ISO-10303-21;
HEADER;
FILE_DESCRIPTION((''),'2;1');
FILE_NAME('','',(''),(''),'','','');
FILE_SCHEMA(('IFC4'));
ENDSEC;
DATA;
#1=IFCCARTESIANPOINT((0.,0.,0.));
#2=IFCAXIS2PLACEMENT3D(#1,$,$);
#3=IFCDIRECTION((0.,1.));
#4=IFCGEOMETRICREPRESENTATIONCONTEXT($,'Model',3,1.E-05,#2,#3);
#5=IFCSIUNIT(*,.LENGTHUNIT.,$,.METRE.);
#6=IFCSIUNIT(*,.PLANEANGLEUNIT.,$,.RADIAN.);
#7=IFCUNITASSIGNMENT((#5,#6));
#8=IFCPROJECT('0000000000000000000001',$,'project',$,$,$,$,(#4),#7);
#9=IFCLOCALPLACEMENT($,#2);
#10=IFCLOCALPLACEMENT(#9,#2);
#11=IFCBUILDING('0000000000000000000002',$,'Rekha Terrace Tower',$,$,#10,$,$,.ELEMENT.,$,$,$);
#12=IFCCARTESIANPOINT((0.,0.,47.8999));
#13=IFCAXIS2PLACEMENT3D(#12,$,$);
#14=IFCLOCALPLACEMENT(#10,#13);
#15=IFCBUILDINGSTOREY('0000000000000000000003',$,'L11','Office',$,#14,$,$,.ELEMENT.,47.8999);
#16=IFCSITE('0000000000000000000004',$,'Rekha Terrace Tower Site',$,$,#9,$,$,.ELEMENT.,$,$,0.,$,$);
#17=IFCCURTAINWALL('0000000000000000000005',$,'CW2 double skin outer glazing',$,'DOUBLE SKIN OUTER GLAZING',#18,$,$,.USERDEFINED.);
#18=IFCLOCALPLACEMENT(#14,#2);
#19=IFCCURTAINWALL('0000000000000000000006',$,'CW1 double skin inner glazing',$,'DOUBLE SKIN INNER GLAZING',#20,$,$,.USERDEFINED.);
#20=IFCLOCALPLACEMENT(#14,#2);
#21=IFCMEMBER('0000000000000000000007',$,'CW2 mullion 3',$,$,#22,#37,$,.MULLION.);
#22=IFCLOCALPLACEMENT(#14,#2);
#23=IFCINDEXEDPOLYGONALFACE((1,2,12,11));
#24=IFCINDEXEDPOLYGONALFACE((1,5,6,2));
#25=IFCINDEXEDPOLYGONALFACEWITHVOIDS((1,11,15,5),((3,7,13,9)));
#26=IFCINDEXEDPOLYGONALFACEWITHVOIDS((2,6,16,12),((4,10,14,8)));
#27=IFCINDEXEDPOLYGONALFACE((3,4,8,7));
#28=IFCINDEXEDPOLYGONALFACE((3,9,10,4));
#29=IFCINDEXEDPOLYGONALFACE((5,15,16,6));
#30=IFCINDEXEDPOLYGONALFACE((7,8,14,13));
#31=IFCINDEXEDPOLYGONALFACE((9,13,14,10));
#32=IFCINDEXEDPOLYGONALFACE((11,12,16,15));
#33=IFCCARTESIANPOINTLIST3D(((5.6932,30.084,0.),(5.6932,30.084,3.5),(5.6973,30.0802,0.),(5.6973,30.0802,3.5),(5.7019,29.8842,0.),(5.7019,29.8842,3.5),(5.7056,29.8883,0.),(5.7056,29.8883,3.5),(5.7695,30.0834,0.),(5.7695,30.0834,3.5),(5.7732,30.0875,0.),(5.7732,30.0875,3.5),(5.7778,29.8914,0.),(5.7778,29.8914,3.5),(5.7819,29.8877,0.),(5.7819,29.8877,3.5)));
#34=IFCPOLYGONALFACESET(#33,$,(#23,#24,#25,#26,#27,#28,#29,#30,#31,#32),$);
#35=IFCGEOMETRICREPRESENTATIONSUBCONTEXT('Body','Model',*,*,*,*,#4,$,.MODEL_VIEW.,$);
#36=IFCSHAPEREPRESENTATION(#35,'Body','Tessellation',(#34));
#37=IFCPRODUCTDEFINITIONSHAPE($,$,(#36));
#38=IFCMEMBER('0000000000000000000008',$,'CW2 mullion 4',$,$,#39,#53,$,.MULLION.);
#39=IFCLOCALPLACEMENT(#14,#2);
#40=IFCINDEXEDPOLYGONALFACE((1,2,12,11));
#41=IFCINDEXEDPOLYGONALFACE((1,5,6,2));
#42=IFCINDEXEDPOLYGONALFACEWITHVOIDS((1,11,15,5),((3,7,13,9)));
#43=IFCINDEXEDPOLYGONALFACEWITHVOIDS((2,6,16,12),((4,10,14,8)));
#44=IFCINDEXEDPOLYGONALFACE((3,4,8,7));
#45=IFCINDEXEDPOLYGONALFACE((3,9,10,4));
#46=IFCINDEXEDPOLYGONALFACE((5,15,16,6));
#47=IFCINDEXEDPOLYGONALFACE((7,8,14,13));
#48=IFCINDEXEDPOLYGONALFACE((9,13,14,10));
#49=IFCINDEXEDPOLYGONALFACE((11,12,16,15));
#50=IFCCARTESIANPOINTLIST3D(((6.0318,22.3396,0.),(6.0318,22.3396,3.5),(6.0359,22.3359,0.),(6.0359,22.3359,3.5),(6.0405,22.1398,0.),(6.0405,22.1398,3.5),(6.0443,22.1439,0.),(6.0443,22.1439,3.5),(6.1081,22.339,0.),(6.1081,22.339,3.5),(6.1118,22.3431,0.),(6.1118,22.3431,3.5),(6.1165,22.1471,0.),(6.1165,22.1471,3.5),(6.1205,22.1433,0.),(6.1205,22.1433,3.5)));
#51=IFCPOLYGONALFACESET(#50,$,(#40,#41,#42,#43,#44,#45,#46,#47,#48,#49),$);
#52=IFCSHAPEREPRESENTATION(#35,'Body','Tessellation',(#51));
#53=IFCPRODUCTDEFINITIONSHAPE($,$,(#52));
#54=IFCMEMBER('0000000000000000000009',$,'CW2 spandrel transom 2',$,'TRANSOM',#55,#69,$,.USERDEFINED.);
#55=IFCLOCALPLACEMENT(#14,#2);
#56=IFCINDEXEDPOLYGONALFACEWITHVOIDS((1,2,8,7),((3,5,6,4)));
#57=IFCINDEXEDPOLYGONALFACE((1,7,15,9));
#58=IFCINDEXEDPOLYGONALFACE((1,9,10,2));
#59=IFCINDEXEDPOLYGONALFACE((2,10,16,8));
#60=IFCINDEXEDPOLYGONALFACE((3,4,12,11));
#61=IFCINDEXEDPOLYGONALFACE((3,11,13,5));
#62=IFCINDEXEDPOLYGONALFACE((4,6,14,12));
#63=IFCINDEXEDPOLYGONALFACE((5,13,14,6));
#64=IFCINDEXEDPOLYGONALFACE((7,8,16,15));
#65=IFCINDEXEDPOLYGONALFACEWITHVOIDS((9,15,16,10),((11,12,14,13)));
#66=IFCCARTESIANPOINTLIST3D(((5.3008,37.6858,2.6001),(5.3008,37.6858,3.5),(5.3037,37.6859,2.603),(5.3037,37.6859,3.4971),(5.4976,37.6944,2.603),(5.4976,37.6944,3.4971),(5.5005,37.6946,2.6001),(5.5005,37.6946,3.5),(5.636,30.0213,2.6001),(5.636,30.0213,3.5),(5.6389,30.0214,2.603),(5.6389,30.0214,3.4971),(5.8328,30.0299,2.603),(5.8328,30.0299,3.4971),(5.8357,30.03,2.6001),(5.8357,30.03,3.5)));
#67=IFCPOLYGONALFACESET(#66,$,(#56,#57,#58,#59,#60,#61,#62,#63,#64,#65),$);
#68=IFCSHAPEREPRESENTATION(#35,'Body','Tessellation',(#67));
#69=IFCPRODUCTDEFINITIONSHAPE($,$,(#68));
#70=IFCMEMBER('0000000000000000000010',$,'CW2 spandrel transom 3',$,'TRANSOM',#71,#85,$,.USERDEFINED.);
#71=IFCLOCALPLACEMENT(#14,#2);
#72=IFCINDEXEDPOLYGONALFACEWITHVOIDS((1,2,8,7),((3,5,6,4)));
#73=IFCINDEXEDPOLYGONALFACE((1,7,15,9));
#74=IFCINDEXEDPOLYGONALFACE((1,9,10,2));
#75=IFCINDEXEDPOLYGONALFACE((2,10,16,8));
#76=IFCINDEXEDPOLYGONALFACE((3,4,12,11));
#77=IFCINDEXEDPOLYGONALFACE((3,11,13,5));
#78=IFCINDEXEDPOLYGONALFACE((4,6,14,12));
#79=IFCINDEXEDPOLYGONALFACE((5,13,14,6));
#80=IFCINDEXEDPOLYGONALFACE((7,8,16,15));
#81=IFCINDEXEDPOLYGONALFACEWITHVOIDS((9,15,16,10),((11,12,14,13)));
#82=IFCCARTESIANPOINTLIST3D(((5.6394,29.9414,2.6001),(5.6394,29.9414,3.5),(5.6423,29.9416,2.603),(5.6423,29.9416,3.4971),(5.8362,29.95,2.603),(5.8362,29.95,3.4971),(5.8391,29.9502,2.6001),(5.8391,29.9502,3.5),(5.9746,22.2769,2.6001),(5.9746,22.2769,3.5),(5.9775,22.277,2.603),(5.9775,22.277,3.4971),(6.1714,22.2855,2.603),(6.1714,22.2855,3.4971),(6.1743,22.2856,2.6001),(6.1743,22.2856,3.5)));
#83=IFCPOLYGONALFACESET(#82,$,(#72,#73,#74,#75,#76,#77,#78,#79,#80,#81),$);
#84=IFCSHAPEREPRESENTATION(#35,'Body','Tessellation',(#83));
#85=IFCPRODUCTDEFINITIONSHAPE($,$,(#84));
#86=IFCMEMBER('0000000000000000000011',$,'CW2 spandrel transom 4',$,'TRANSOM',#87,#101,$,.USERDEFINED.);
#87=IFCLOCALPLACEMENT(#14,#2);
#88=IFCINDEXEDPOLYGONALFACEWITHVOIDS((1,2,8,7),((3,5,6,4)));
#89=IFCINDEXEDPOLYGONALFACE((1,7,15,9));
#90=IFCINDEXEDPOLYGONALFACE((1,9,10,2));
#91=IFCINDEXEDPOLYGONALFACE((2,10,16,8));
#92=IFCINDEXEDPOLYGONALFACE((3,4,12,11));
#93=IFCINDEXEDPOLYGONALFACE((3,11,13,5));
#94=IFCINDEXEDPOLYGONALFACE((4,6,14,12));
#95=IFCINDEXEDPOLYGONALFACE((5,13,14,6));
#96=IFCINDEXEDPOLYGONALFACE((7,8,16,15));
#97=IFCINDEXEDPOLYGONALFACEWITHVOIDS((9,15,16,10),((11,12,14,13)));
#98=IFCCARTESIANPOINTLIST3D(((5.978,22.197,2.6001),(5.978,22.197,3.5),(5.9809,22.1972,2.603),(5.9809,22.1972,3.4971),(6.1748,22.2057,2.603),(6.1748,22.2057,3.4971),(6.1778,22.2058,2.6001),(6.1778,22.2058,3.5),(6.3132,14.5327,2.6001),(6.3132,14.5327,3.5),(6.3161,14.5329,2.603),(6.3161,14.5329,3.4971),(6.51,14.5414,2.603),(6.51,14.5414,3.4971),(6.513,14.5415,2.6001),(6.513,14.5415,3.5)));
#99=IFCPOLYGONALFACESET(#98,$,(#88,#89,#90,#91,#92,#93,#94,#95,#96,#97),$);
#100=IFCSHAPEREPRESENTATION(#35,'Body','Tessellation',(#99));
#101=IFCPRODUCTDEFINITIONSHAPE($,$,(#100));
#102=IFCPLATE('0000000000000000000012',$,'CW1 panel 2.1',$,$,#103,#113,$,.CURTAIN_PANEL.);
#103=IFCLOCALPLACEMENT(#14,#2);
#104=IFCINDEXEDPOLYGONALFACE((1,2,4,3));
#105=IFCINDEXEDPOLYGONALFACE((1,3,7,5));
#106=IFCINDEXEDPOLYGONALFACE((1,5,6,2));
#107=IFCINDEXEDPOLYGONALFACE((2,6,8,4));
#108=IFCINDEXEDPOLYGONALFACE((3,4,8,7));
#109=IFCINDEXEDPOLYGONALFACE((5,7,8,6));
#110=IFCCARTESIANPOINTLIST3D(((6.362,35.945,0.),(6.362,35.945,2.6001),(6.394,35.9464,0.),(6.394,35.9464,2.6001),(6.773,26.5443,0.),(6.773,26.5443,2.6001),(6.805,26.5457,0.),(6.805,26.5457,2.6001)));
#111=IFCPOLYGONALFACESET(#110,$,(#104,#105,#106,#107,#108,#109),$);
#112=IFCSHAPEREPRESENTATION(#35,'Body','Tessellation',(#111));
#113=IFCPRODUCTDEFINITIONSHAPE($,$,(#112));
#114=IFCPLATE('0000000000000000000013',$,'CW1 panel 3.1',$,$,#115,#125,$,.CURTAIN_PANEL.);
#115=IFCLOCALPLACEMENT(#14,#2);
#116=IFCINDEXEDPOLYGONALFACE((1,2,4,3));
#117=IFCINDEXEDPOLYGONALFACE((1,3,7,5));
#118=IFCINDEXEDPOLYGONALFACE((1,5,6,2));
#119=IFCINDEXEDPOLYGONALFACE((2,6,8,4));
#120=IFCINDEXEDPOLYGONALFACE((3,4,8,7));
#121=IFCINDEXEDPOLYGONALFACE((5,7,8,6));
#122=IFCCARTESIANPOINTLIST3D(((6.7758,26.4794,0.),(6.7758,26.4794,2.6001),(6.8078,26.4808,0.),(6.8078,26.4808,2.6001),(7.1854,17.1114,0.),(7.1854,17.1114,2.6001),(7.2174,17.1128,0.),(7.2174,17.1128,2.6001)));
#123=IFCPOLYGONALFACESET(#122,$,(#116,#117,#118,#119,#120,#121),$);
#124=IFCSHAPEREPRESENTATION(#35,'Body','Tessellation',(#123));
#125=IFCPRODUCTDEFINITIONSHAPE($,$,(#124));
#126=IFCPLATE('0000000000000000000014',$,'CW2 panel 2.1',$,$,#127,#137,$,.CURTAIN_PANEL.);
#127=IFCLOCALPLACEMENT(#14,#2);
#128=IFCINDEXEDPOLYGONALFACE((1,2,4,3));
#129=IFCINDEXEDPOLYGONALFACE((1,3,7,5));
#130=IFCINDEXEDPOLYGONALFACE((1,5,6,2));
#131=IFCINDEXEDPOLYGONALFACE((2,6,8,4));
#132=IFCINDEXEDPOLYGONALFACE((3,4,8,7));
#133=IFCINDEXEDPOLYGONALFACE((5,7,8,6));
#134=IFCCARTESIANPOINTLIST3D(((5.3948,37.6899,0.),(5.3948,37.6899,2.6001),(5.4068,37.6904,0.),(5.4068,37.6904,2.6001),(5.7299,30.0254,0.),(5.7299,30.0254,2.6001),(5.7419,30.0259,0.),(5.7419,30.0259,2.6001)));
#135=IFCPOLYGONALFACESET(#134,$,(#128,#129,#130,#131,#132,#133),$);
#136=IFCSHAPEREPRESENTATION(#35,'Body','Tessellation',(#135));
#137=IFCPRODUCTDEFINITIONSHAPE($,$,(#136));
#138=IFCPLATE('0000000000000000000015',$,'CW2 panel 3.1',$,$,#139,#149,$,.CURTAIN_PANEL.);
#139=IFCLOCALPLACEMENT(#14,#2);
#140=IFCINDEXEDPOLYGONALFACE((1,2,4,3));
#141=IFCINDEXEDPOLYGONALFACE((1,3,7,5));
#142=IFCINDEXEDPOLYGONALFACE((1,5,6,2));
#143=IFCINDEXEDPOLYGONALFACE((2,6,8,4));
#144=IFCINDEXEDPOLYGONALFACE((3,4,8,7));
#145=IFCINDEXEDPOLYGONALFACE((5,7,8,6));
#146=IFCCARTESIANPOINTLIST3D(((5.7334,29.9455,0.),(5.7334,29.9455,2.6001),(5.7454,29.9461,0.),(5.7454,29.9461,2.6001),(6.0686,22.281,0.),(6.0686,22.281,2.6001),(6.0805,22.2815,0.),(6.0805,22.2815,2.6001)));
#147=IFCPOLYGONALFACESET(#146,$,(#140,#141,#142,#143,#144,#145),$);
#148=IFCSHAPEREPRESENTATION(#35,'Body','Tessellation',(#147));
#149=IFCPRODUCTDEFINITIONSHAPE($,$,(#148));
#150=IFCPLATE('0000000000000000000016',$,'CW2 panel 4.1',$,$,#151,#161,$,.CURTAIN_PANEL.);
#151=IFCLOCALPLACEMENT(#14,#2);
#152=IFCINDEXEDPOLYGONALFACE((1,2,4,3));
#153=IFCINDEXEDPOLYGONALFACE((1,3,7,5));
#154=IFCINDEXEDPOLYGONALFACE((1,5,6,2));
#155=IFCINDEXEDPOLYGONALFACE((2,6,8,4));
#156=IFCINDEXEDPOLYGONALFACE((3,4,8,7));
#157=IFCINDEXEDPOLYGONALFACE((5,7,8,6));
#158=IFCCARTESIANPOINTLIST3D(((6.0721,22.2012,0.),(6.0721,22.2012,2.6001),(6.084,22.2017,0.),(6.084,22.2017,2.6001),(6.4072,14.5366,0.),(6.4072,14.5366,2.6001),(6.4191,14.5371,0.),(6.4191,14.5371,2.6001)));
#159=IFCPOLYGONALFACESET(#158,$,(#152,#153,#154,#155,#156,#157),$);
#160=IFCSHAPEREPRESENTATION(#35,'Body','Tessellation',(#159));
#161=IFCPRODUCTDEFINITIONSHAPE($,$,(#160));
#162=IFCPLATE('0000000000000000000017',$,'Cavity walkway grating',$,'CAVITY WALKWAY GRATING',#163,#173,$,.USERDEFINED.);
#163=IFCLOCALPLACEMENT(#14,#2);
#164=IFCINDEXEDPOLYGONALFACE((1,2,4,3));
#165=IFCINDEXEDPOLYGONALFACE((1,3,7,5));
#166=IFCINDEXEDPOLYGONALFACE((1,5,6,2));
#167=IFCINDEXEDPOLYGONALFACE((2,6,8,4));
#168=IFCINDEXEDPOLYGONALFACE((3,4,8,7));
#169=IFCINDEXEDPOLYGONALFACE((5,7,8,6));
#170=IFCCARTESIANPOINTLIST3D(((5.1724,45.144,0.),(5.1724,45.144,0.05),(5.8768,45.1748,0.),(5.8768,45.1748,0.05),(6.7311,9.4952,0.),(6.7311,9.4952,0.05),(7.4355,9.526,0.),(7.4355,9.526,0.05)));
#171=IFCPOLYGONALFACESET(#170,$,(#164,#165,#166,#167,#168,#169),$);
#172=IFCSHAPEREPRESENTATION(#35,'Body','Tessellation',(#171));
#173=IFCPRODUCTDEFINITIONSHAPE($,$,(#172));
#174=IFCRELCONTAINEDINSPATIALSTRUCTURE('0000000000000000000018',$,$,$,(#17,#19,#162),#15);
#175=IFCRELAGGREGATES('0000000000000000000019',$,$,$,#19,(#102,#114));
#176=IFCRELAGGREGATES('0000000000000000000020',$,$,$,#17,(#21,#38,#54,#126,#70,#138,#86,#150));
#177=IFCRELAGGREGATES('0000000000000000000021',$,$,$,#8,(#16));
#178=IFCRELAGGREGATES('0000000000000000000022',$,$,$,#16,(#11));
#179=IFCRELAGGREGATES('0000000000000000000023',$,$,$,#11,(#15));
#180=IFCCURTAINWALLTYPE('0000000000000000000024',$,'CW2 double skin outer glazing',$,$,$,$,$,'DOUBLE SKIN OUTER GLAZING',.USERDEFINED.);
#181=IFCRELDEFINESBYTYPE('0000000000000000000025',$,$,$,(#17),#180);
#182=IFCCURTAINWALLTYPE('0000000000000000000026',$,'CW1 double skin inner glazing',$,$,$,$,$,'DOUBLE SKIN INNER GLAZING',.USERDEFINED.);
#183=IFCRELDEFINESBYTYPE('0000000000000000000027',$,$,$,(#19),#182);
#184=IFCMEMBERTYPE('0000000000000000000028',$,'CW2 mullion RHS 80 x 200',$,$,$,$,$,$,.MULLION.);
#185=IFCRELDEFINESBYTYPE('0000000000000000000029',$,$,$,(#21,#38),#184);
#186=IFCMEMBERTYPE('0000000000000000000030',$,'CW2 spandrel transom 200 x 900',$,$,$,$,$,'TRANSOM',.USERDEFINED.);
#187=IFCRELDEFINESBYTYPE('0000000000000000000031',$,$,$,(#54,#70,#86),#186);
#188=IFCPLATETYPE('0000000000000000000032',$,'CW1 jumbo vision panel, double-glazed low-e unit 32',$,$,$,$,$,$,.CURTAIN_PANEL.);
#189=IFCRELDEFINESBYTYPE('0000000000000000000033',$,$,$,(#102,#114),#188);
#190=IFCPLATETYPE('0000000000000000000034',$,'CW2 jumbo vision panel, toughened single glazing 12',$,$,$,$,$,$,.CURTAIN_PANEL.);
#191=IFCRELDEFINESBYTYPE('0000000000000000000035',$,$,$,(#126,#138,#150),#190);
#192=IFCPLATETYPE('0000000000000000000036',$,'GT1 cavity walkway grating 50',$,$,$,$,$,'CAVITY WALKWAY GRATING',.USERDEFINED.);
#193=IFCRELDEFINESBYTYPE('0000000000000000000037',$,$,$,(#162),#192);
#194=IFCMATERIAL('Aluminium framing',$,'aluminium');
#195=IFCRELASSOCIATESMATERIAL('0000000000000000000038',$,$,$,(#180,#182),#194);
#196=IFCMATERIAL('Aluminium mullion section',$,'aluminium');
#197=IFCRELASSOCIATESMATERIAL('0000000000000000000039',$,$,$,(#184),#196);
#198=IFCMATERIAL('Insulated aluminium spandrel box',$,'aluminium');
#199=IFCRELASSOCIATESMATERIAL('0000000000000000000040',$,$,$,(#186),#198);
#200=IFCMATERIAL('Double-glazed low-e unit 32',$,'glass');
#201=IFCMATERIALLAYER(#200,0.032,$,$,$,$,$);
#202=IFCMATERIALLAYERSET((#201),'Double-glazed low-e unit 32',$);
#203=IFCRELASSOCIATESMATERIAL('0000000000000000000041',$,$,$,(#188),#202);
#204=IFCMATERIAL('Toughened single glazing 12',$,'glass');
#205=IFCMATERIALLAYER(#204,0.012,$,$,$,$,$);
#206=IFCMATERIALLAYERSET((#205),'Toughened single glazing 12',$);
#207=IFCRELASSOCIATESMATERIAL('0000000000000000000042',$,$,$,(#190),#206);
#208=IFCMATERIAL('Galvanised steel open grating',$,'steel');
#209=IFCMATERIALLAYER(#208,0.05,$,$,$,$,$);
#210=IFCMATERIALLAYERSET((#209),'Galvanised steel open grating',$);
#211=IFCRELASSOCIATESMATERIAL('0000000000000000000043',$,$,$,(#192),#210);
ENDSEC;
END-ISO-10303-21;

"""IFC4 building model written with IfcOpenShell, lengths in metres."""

from ifc_helpers import new_model, si_unit, direction, frame, origin, origin_2d, place, context, subcontext, project, spatial, rectangle, hollow_rectangle, extrude, material, layer, layer_set, material_profile, profile_set, type_object, element, aggregate, save


model = new_model("IFC4")

# Units and contexts
model_context = context("Model", 3, precision=1e-05, world=origin(), true_north=direction((0.0, 1.0)))
body_context = subcontext(model_context, "Body", "Model", "MODEL_VIEW")
ifc_project = project(units=[si_unit("LENGTHUNIT", "METRE"), si_unit("PLANEANGLEUNIT", "RADIAN")], contexts=[model_context])

# Site, building, storey
site_placement = place(None, origin())
site = spatial("IfcSite", under=ifc_project, at=site_placement, Name="Rekha Terrace Tower Site", CompositionType="ELEMENT", RefElevation=0.0)
building_placement = place(site_placement, origin())
building = spatial("IfcBuilding", under=site, at=building_placement, Name="Rekha Terrace Tower", CompositionType="ELEMENT")
storey_placement = place(building_placement, frame((0.0, 0.0, 47.8999)))
storey = spatial("IfcBuildingStorey", under=building, at=storey_placement, Name="L11", Description="Office", CompositionType="ELEMENT", Elevation=47.8999)

# Curtain walls
ifc_material_1 = material(Name="Aluminium framing", Category="aluminium")
curtain_wall_type_1 = type_object("IfcCurtainWallType", Name="CW2 double skin outer glazing", ElementType="DOUBLE SKIN OUTER GLAZING", PredefinedType="USERDEFINED", material=ifc_material_1)
curtain_wall_1_placement = place(storey_placement, origin())
curtain_wall_1 = element("IfcCurtainWall", 1, at=curtain_wall_1_placement, inside=storey, type_object=curtain_wall_type_1, Name="CW2 double skin outer glazing", ObjectType="DOUBLE SKIN OUTER GLAZING", PredefinedType="USERDEFINED")
curtain_wall_type_2 = type_object("IfcCurtainWallType", Name="CW1 double skin inner glazing", ElementType="DOUBLE SKIN INNER GLAZING", PredefinedType="USERDEFINED", material=ifc_material_1)
curtain_wall_2_placement = place(storey_placement, origin())
curtain_wall_2 = element("IfcCurtainWall", 2, at=curtain_wall_2_placement, inside=storey, type_object=curtain_wall_type_2, Name="CW1 double skin inner glazing", ObjectType="DOUBLE SKIN INNER GLAZING", PredefinedType="USERDEFINED")
ifc_material_2 = material(Name="Aluminium mullion section", Category="aluminium")
ifc_material_3 = material(Name="Insulated aluminium spandrel box", Category="aluminium")

# Members
ifc_material_profile_1 = material_profile(ifc_material_2, hollow_rectangle(XDim=0.0801, YDim=0.2, WallThickness=0.0039, at=origin_2d()), Name="AL RHS 80x200")
ifc_profile_set_1 = profile_set([ifc_material_profile_1], Name="Aluminium mullion section")
member_type_1 = type_object("IfcMemberType", Name="CW2 mullion RHS 80 x 200", PredefinedType="MULLION", material=ifc_profile_set_1)
member_1_placement = place(storey_placement, frame((5.7375, 29.9858, 0.0), z_axis=(0.0, 0.0, 1.0), x_axis=(0.999045, 0.043683, 0.0)))
member_1 = element("IfcMember", 3, at=member_1_placement, type_object=member_type_1, Name="CW2 mullion 3", PredefinedType="MULLION", context=body_context, shape_type="SweptSolid", body=[
    extrude(hollow_rectangle(XDim=0.0801, YDim=0.2, WallThickness=0.0039, at=origin_2d()), origin(), (0.0, 0.0, 1.0), 3.5),
])
member_2_placement = place(storey_placement, frame((6.0762, 22.2415, 0.0), z_axis=(0.0, 0.0, 1.0), x_axis=(0.999045, 0.043683, 0.0)))
member_2 = element("IfcMember", 4, at=member_2_placement, type_object=member_type_1, Name="CW2 mullion 4", PredefinedType="MULLION", context=body_context, shape_type="SweptSolid", body=[
    extrude(hollow_rectangle(XDim=0.0801, YDim=0.2, WallThickness=0.0039, at=origin_2d()), origin(), (0.0, 0.0, 1.0), 3.5),
])
ifc_material_profile_2 = material_profile(ifc_material_3, hollow_rectangle(XDim=0.2, YDim=0.8999, WallThickness=0.0029, at=origin_2d()), Name="AL SPANDREL BOX 200x900")
ifc_profile_set_2 = profile_set([ifc_material_profile_2], Name="Insulated aluminium spandrel box")
member_type_2 = type_object("IfcMemberType", Name="CW2 spandrel transom 200 x 900", ElementType="TRANSOM", PredefinedType="USERDEFINED", material=ifc_profile_set_2)
member_3_placement = place(storey_placement, frame((5.4006, 37.6902, 3.05), z_axis=(0.043693, -0.999045, 0.0), x_axis=(0.999045, 0.043693, 0.0)))
member_3 = element("IfcMember", 5, at=member_3_placement, type_object=member_type_2, Name="CW2 spandrel transom 2", ObjectType="TRANSOM", PredefinedType="USERDEFINED", context=body_context, shape_type="SweptSolid", body=[
    extrude(hollow_rectangle(XDim=0.2, YDim=0.8999, WallThickness=0.0029, at=origin_2d()), origin(), (0.0, 0.0, 1.0), 7.6719),
])
member_4_placement = place(storey_placement, frame((5.7393, 29.9458, 3.05), z_axis=(0.043693, -0.999045, 0.0), x_axis=(0.999045, 0.043693, 0.0)))
member_4 = element("IfcMember", 6, at=member_4_placement, type_object=member_type_2, Name="CW2 spandrel transom 3", ObjectType="TRANSOM", PredefinedType="USERDEFINED", context=body_context, shape_type="SweptSolid", body=[
    extrude(hollow_rectangle(XDim=0.2, YDim=0.8999, WallThickness=0.0029, at=origin_2d()), origin(), (0.0, 0.0, 1.0), 7.6719),
])
member_5_placement = place(storey_placement, frame((6.0779, 22.2014, 3.05), z_axis=(0.043694, -0.999045, 0.0), x_axis=(0.999045, 0.043694, 0.0)))
member_5 = element("IfcMember", 7, at=member_5_placement, type_object=member_type_2, Name="CW2 spandrel transom 4", ObjectType="TRANSOM", PredefinedType="USERDEFINED", context=body_context, shape_type="SweptSolid", body=[
    extrude(hollow_rectangle(XDim=0.2, YDim=0.8999, WallThickness=0.0029, at=origin_2d()), origin(), (0.0, 0.0, 1.0), 7.6716),
])

# Plates
ifc_material_4 = material(Name="Double-glazed low-e unit 32", Category="glass")
ifc_layer_1 = layer(ifc_material_4, 0.032)
ifc_layer_set_1 = layer_set([ifc_layer_1], Name="Double-glazed low-e unit 32")
plate_type_1 = type_object("IfcPlateType", Name="CW1 jumbo vision panel, double-glazed low-e unit 32", PredefinedType="CURTAIN_PANEL", material=ifc_layer_set_1)
plate_1_placement = place(storey_placement, frame((6.5835, 31.2454, 0.0), z_axis=(0.0, 0.0, 1.0), x_axis=(0.043683, -0.999045, 0.0)))
plate_1 = element("IfcPlate", 8, at=plate_1_placement, type_object=plate_type_1, Name="CW1 panel 2.1", PredefinedType="CURTAIN_PANEL", context=body_context, shape_type="SweptSolid", body=[
    extrude(rectangle(XDim=9.4097, YDim=0.032, at=origin_2d()), origin(), (0.0, 0.0, 1.0), 2.6001),
])
plate_2_placement = place(storey_placement, frame((6.9966, 21.7961, 0.0), z_axis=(0.0, 0.0, 1.0), x_axis=(0.043683, -0.999045, 0.0)))
plate_2 = element("IfcPlate", 9, at=plate_2_placement, type_object=plate_type_1, Name="CW1 panel 3.1", PredefinedType="CURTAIN_PANEL", context=body_context, shape_type="SweptSolid", body=[
    extrude(rectangle(XDim=9.377, YDim=0.032, at=origin_2d()), origin(), (0.0, 0.0, 1.0), 2.6001),
])
aggregate(curtain_wall_2, [plate_1, plate_2])
ifc_material_5 = material(Name="Toughened single glazing 12", Category="glass")
ifc_layer_2 = layer(ifc_material_5, 0.012)
ifc_layer_set_2 = layer_set([ifc_layer_2], Name="Toughened single glazing 12")
plate_type_2 = type_object("IfcPlateType", Name="CW2 jumbo vision panel, toughened single glazing 12", PredefinedType="CURTAIN_PANEL", material=ifc_layer_set_2)
plate_3_placement = place(storey_placement, frame((5.5684, 33.8579, 0.0), z_axis=(0.0, 0.0, 1.0), x_axis=(0.043683, -0.999045, 0.0)))
plate_3 = element("IfcPlate", 10, at=plate_3_placement, type_object=plate_type_2, Name="CW2 panel 2.1", PredefinedType="CURTAIN_PANEL", context=body_context, shape_type="SweptSolid", body=[
    extrude(rectangle(XDim=7.6719, YDim=0.012, at=origin_2d()), origin(), (0.0, 0.0, 1.0), 2.6001),
])
plate_4_placement = place(storey_placement, frame((5.907, 26.1135, 0.0), z_axis=(0.0, 0.0, 1.0), x_axis=(0.043683, -0.999045, 0.0)))
plate_4 = element("IfcPlate", 11, at=plate_4_placement, type_object=plate_type_2, Name="CW2 panel 3.1", PredefinedType="CURTAIN_PANEL", context=body_context, shape_type="SweptSolid", body=[
    extrude(rectangle(XDim=7.6719, YDim=0.012, at=origin_2d()), origin(), (0.0, 0.0, 1.0), 2.6001),
])
plate_5_placement = place(storey_placement, frame((6.2456, 18.3691, 0.0), z_axis=(0.0, 0.0, 1.0), x_axis=(0.043683, -0.999045, 0.0)))
plate_5 = element("IfcPlate", 12, at=plate_5_placement, type_object=plate_type_2, Name="CW2 panel 4.1", PredefinedType="CURTAIN_PANEL", context=body_context, shape_type="SweptSolid", body=[
    extrude(rectangle(XDim=7.6719, YDim=0.012, at=origin_2d()), origin(), (0.0, 0.0, 1.0), 2.6001),
])
aggregate(curtain_wall_1, [member_1, member_2, member_3, plate_3, member_4, plate_4, member_5, plate_5])
ifc_material_6 = material(Name="Galvanised steel open grating", Category="steel")
ifc_layer_3 = layer(ifc_material_6, 0.05)
ifc_layer_set_3 = layer_set([ifc_layer_3], Name="Galvanised steel open grating")
plate_type_3 = type_object("IfcPlateType", Name="GT1 cavity walkway grating 50", ElementType="CAVITY WALKWAY GRATING", PredefinedType="USERDEFINED", material=ifc_layer_set_3)
plate_6_placement = place(storey_placement, frame((6.304, 27.335, 0.0), z_axis=(0.0, 0.0, 1.0), x_axis=(0.043683, -0.999045, 0.0)))
element("IfcPlate", 13, at=plate_6_placement, inside=storey, type_object=plate_type_3, Name="Cavity walkway grating", ObjectType="CAVITY WALKWAY GRATING", PredefinedType="USERDEFINED", context=body_context, shape_type="SweptSolid", body=[
    extrude(rectangle(XDim=35.6829, YDim=0.7051, at=origin_2d()), origin(), (0.0, 0.0, 1.0), 0.05),
])

save(model, "model.ifc")
